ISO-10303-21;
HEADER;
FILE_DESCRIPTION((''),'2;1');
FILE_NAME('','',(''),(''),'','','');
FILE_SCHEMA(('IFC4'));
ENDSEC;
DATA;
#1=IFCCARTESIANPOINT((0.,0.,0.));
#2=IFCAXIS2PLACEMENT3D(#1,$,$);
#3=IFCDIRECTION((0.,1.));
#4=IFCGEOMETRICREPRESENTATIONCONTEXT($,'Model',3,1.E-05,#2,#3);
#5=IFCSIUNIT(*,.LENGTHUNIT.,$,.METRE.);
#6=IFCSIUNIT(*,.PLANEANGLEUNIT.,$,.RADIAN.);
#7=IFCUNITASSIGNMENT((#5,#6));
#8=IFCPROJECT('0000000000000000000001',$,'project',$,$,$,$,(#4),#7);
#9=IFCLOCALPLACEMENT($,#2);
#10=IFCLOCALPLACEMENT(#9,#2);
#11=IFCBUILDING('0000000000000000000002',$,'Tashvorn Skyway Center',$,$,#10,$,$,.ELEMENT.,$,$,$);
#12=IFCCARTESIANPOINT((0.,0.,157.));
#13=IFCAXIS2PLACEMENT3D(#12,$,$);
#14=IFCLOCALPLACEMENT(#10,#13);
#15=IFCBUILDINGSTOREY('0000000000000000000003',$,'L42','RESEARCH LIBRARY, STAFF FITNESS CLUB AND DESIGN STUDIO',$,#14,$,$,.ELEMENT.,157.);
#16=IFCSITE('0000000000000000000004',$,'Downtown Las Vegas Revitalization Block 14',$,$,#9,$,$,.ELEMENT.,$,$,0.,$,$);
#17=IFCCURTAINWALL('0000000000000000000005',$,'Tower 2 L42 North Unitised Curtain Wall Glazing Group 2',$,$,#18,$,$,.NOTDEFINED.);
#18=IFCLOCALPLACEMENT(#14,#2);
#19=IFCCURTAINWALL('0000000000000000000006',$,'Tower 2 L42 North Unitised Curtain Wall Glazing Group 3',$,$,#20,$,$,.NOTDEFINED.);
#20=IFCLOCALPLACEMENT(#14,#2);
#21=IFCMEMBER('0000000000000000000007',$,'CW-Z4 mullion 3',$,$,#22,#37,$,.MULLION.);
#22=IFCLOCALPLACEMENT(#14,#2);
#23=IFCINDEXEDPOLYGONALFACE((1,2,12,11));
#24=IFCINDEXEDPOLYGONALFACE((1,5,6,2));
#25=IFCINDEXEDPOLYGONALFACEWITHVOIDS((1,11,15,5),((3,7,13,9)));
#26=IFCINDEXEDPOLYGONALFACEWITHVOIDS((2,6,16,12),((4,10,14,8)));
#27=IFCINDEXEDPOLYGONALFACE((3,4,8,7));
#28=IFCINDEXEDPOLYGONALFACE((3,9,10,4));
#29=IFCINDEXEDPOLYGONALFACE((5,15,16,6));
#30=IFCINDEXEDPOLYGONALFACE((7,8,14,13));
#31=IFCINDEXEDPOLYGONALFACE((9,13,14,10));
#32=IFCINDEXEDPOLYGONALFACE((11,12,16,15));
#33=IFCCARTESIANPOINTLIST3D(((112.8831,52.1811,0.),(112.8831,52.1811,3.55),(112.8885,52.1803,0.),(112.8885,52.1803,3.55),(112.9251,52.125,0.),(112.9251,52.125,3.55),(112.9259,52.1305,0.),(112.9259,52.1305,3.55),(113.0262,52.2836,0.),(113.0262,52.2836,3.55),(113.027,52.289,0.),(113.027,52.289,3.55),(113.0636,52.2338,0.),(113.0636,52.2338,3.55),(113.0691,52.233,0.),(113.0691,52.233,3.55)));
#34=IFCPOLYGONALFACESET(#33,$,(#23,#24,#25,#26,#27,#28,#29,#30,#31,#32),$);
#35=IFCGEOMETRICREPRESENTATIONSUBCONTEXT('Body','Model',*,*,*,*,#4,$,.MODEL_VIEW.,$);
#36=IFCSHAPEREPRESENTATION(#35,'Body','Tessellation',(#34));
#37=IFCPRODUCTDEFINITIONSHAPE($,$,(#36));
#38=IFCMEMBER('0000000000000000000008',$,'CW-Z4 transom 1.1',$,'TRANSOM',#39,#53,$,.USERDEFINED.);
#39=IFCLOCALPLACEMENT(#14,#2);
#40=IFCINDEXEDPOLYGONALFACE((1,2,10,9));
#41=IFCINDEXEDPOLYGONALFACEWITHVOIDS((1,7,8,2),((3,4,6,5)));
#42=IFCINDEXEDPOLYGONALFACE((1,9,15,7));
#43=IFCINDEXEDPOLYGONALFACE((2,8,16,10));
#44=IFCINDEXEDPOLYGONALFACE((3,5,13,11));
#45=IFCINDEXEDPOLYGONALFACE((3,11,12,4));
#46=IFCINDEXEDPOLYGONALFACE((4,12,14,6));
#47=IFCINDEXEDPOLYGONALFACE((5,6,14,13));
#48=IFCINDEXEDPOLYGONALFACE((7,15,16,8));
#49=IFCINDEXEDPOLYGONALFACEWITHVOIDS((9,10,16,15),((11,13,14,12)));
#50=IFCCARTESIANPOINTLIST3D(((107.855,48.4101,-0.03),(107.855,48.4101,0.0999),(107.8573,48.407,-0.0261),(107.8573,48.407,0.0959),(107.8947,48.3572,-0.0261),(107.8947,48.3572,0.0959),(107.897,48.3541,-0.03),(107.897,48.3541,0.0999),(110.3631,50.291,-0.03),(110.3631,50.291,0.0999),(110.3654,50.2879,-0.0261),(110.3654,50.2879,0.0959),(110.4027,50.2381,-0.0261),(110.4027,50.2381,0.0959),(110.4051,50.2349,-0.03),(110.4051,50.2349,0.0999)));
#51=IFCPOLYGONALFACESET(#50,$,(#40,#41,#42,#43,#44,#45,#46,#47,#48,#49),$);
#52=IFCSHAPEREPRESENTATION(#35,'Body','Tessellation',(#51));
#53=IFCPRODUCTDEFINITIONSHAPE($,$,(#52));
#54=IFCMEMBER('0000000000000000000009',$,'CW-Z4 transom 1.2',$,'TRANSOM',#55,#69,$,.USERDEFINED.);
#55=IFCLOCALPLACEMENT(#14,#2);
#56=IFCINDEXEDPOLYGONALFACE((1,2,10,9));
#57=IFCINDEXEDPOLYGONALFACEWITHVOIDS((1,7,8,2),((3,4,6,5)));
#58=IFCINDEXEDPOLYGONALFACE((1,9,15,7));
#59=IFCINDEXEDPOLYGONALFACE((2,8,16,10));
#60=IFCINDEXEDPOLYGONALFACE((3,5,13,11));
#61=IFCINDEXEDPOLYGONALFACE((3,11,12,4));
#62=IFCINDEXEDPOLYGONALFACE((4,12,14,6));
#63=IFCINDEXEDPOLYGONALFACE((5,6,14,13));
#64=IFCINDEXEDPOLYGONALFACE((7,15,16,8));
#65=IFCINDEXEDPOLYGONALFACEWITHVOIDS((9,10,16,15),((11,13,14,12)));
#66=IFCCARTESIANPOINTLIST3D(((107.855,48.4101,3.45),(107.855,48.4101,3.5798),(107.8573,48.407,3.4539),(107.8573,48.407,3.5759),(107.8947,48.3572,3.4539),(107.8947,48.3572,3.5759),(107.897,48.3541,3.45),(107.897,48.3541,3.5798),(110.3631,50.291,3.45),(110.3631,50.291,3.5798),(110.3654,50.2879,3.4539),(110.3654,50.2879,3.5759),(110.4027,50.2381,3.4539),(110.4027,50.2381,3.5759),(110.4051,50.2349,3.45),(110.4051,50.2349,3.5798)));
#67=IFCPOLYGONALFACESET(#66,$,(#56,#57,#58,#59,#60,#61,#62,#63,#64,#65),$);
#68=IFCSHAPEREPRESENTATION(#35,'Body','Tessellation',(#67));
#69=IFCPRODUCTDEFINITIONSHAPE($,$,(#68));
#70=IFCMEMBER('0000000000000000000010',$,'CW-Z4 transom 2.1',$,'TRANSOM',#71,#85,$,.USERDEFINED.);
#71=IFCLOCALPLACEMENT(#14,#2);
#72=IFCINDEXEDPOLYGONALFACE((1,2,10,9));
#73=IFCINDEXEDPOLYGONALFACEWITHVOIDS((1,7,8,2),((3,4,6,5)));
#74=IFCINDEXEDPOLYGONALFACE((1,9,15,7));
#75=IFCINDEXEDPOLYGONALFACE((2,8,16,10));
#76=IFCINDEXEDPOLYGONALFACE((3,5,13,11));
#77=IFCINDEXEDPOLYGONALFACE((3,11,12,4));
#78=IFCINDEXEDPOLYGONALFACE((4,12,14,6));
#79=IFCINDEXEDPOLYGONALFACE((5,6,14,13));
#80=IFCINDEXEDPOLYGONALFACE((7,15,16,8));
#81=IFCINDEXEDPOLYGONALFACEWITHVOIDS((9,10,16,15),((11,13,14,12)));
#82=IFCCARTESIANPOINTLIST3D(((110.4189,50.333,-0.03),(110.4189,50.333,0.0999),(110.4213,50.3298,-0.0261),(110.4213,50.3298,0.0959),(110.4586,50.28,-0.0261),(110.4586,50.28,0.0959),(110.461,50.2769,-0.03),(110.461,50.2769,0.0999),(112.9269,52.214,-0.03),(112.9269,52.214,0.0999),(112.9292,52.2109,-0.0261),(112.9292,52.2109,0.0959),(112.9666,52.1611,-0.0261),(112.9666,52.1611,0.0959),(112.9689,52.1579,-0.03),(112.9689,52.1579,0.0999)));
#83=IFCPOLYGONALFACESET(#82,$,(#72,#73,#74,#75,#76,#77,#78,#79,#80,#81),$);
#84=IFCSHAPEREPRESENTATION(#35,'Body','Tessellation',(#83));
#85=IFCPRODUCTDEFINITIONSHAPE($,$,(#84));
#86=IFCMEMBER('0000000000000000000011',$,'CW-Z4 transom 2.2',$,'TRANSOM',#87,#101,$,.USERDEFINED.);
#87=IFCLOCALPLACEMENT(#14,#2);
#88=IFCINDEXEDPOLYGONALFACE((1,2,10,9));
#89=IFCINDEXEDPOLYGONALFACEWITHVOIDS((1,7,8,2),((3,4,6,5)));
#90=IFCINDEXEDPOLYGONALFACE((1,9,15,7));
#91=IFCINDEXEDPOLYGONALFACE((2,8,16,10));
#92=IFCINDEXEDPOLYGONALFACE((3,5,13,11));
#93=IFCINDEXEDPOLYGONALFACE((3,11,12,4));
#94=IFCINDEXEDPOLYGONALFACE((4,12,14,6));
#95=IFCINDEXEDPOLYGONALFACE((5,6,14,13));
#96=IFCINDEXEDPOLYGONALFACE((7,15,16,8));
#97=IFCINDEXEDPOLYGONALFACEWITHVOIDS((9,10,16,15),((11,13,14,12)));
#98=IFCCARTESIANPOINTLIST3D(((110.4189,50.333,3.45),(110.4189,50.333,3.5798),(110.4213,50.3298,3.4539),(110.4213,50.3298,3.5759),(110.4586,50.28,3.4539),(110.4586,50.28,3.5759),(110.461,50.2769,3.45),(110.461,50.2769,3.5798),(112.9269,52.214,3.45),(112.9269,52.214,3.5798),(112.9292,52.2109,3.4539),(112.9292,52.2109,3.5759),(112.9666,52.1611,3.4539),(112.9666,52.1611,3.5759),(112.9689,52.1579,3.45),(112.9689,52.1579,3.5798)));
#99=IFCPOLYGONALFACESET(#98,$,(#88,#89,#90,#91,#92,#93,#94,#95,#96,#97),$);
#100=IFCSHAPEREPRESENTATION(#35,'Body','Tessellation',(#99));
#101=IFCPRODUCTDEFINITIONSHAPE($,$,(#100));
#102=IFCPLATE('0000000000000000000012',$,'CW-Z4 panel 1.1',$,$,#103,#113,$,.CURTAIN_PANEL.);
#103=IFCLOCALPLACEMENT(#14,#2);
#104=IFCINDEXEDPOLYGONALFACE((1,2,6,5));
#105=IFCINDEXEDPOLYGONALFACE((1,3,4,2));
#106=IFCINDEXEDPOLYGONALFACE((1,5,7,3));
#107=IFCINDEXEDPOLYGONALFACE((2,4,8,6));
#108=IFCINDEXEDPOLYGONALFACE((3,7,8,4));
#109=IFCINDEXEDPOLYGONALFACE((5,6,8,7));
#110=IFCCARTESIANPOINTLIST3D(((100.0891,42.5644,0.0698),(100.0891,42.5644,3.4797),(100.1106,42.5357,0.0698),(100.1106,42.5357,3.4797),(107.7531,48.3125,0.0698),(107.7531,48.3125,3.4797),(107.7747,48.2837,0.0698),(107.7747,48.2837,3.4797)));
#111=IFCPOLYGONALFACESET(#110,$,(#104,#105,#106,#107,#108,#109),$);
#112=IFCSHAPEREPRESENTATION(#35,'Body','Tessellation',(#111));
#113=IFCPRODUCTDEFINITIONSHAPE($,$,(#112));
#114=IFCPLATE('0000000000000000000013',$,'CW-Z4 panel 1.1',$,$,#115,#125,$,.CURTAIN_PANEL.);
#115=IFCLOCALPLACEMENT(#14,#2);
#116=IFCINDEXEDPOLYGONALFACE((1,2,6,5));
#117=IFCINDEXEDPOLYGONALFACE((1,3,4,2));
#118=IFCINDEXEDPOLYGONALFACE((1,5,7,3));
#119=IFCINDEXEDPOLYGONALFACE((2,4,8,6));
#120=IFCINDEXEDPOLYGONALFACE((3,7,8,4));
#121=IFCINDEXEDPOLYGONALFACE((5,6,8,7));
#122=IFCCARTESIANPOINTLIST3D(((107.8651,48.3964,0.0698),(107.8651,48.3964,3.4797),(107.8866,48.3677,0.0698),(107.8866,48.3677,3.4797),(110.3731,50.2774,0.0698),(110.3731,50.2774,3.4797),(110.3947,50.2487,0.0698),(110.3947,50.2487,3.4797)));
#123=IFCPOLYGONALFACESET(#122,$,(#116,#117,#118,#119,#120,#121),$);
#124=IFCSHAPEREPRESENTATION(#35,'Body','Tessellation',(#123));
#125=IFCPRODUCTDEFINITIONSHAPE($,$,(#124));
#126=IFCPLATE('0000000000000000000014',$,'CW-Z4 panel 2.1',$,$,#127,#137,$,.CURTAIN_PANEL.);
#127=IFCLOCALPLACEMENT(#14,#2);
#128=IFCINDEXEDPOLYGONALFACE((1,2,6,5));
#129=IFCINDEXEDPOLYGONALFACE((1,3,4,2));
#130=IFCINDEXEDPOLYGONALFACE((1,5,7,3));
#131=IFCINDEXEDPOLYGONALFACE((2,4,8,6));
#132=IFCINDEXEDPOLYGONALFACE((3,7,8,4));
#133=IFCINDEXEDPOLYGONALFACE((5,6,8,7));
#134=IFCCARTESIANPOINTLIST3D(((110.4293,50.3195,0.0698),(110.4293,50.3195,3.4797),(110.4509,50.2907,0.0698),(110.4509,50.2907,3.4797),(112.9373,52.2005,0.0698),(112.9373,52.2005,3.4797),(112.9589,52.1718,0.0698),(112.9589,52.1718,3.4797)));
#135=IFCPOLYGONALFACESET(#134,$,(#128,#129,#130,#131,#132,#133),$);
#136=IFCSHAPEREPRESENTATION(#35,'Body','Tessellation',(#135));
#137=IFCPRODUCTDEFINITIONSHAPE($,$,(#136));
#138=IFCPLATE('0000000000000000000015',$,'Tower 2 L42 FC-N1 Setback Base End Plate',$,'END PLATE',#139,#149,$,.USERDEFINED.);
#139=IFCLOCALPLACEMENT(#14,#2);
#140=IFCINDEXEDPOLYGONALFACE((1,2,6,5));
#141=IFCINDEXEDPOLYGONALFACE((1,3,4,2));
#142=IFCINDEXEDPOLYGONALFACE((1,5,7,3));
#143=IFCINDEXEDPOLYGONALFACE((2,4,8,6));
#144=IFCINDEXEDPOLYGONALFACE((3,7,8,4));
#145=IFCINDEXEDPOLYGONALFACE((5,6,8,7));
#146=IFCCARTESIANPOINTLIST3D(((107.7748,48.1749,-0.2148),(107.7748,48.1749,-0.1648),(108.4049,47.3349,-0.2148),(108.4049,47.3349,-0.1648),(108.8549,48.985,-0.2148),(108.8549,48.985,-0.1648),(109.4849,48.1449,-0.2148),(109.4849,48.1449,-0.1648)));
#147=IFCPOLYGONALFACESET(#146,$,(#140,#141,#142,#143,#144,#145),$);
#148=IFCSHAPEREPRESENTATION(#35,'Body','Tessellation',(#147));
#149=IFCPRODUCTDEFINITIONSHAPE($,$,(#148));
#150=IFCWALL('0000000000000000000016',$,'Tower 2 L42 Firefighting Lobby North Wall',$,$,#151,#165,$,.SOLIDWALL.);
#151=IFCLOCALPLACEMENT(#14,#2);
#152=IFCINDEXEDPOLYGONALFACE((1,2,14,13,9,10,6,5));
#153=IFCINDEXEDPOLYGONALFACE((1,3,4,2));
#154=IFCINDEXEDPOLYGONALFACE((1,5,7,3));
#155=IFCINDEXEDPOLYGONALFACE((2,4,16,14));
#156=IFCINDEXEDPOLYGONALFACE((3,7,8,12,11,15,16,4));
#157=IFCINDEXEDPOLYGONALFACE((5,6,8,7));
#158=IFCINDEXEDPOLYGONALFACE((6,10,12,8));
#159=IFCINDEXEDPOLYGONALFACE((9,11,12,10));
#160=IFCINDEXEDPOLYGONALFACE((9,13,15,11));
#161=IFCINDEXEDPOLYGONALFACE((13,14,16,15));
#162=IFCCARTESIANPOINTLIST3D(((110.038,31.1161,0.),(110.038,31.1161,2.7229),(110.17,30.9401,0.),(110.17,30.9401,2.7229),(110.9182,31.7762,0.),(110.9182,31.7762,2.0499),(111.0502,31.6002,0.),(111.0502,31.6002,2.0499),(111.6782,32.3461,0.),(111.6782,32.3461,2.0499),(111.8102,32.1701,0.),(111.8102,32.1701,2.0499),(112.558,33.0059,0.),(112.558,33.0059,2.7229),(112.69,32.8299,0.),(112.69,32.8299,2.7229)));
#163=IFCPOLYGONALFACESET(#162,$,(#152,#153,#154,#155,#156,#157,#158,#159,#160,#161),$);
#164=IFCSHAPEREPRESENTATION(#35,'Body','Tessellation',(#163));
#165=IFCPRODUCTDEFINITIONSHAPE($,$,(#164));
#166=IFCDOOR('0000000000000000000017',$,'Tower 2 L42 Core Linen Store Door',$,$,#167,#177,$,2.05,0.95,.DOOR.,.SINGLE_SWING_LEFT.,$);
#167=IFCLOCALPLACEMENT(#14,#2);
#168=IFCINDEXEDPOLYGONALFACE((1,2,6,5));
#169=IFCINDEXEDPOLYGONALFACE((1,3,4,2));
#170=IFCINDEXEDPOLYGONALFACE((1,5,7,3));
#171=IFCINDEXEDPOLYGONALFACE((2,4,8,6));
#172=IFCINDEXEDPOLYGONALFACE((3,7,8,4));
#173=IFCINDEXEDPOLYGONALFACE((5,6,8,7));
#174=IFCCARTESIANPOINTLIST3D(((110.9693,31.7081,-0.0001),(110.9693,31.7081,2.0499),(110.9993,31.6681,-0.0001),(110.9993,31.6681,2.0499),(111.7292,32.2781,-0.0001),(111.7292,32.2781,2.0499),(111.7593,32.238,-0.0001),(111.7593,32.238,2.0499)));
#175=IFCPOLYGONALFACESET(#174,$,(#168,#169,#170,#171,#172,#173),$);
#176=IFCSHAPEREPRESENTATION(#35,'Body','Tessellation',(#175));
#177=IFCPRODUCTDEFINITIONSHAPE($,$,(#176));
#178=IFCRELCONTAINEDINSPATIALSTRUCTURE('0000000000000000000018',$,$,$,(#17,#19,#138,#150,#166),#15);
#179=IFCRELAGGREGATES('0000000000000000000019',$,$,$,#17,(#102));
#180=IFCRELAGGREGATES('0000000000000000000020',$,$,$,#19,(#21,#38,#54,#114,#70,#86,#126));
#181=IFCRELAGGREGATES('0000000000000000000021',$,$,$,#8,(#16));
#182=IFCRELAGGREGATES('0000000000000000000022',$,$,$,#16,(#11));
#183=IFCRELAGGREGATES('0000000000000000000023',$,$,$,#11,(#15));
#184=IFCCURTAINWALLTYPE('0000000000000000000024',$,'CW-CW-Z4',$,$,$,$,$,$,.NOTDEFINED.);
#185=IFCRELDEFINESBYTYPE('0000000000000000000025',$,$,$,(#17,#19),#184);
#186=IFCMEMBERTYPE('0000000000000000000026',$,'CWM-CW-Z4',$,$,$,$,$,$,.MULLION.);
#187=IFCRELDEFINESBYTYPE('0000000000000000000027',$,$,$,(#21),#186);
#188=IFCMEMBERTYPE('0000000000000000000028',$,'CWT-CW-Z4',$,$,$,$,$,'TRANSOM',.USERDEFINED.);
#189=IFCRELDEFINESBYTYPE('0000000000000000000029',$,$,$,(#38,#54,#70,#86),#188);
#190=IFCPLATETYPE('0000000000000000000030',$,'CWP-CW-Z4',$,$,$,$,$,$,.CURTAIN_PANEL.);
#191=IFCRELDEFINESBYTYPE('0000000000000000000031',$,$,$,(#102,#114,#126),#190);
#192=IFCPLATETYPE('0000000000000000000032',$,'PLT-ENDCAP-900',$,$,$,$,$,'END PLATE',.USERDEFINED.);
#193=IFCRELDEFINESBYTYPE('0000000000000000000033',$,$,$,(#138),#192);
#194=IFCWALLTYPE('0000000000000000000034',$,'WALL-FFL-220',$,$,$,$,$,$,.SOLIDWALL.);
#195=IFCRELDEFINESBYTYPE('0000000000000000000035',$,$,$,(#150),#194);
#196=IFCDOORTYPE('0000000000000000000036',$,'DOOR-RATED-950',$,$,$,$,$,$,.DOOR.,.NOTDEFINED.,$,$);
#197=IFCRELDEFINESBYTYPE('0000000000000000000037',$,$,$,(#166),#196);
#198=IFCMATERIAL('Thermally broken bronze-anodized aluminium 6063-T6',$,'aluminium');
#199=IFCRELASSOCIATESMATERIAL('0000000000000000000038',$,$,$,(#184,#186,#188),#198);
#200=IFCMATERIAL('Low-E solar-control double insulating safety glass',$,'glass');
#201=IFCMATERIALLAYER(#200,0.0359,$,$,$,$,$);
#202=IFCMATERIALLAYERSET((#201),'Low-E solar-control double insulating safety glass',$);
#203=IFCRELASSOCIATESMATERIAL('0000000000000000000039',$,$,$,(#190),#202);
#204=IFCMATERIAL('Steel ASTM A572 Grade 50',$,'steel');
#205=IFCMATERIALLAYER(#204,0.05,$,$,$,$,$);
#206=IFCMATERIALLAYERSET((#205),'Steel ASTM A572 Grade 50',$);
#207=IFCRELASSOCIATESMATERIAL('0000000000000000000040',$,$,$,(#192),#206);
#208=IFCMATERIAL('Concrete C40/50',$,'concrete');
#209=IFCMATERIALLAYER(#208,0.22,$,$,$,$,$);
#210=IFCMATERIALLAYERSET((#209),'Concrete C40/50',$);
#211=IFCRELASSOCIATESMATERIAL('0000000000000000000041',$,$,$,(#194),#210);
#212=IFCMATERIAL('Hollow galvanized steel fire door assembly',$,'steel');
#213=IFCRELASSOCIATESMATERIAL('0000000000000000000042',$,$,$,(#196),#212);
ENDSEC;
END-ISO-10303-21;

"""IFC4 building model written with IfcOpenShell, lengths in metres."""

from ifc_helpers import new_model, si_unit, direction, frame, frame_2d, origin, origin_2d, place, context, subcontext, project, spatial, rectangle, hollow_rectangle, extrude, material, layer, layer_set, material_profile, profile_set, type_object, element, fill, aggregate, save


model = new_model("IFC4")

# Units and contexts
model_context = context("Model", 3, precision=1e-05, world=origin(), true_north=direction((0.0, 1.0)))
body_context = subcontext(model_context, "Body", "Model", "MODEL_VIEW")
ifc_project = project(units=[si_unit("LENGTHUNIT", "METRE"), si_unit("PLANEANGLEUNIT", "RADIAN")], contexts=[model_context])

# Site, building, storey
site_placement = place(None, origin())
site = spatial("IfcSite", under=ifc_project, at=site_placement, Name="Downtown Las Vegas Revitalization Block 14", CompositionType="ELEMENT", RefElevation=0.0)
building_placement = place(site_placement, origin())
building = spatial("IfcBuilding", under=site, at=building_placement, Name="Tashvorn Skyway Center", CompositionType="ELEMENT")
storey_placement = place(building_placement, frame((0.0, 0.0, 157.0)))
storey = spatial("IfcBuildingStorey", under=building, at=storey_placement, Name="L42", Description="RESEARCH LIBRARY, STAFF FITNESS CLUB AND DESIGN STUDIO", CompositionType="ELEMENT", Elevation=157.0)

# Shared definitions
ifc_material_1 = material(Name="Steel ASTM A572 Grade 50", Category="steel")

# Curtain wall
ifc_material_2 = material(Name="Thermally broken bronze-anodized aluminium 6063-T6", Category="aluminium")
curtain_wall_type = type_object("IfcCurtainWallType", Name="CW-CW-Z4", PredefinedType="NOTDEFINED", material=ifc_material_2)
curtain_wall_1_placement = place(storey_placement, origin())
curtain_wall_1 = element("IfcCurtainWall", 1, at=curtain_wall_1_placement, inside=storey, type_object=curtain_wall_type, Name="Tower 2 L42 North Unitised Curtain Wall Glazing Group 2", PredefinedType="NOTDEFINED")
ifc_material_profile_1 = material_profile(ifc_material_2, hollow_rectangle(XDim=0.0701, YDim=0.1799, WallThickness=0.0039, at=origin_2d()), Name="ALU-MULL-70x180")
ifc_profile_set_1 = profile_set([ifc_material_profile_1], Name="Thermally broken bronze-anodized aluminium 6063-T6")
member_type_1 = type_object("IfcMemberType", Name="CWM-CW-Z4", PredefinedType="MULLION", material=ifc_profile_set_1)

# Curtain wall, members
curtain_wall_2_placement = place(storey_placement, origin())
curtain_wall_2 = element("IfcCurtainWall", 2, at=curtain_wall_2_placement, inside=storey, type_object=curtain_wall_type, Name="Tower 2 L42 North Unitised Curtain Wall Glazing Group 3", PredefinedType="NOTDEFINED")
member_1_placement = place(storey_placement, frame((112.9761, 52.207, 0.0), z_axis=(0.0, 0.0, 1.0), x_axis=(-0.6, 0.8, 0.0)))
member_1 = element("IfcMember", 3, at=member_1_placement, type_object=member_type_1, Name="CW-Z4 mullion 3", PredefinedType="MULLION", context=body_context, shape_type="SweptSolid", body=[
    extrude(hollow_rectangle(XDim=0.0701, YDim=0.1799, WallThickness=0.0039, at=origin_2d()), origin(), (0.0, 0.0, 1.0), 3.55),
])
ifc_material_profile_2 = material_profile(ifc_material_2, hollow_rectangle(XDim=0.0701, YDim=0.1299, WallThickness=0.0039, at=origin_2d()), Name="ALU-TRAN-70x130")
ifc_profile_set_2 = profile_set([ifc_material_profile_2], Name="Thermally broken bronze-anodized aluminium 6063-T6")
member_type_2 = type_object("IfcMemberType", Name="CWT-CW-Z4", ElementType="TRANSOM", PredefinedType="USERDEFINED", material=ifc_profile_set_2)
member_2_placement = place(storey_placement, frame((107.876, 48.3821, 0.0349), z_axis=(0.800028, 0.599963, 0.0), x_axis=(-0.599963, 0.800028, 0.0)))
member_2 = element("IfcMember", 4, at=member_2_placement, type_object=member_type_2, Name="CW-Z4 transom 1.1", ObjectType="TRANSOM", PredefinedType="USERDEFINED", context=body_context, shape_type="SweptSolid", body=[
    extrude(hollow_rectangle(XDim=0.0701, YDim=0.1299, WallThickness=0.0039, at=origin_2d()), origin(), (0.0, 0.0, 1.0), 3.135),
])
member_3_placement = place(storey_placement, frame((107.876, 48.3821, 3.5149), z_axis=(0.800028, 0.599963, 0.0), x_axis=(-0.599963, 0.800028, 0.0)))
member_3 = element("IfcMember", 5, at=member_3_placement, type_object=member_type_2, Name="CW-Z4 transom 1.2", ObjectType="TRANSOM", PredefinedType="USERDEFINED", context=body_context, shape_type="SweptSolid", body=[
    extrude(hollow_rectangle(XDim=0.0701, YDim=0.1299, WallThickness=0.0039, at=origin_2d()), origin(), (0.0, 0.0, 1.0), 3.135),
])
member_4_placement = place(storey_placement, frame((110.4399, 50.3049, 0.0349), z_axis=(0.799991, 0.600012, 0.0), x_axis=(-0.600012, 0.799991, 0.0)))
member_4 = element("IfcMember", 6, at=member_4_placement, type_object=member_type_2, Name="CW-Z4 transom 2.1", ObjectType="TRANSOM", PredefinedType="USERDEFINED", context=body_context, shape_type="SweptSolid", body=[
    extrude(hollow_rectangle(XDim=0.0701, YDim=0.1299, WallThickness=0.0039, at=origin_2d()), origin(), (0.0, 0.0, 1.0), 3.135),
])
member_5_placement = place(storey_placement, frame((110.4399, 50.3049, 3.5149), z_axis=(0.799991, 0.600012, 0.0), x_axis=(-0.600012, 0.799991, 0.0)))
member_5 = element("IfcMember", 7, at=member_5_placement, type_object=member_type_2, Name="CW-Z4 transom 2.2", ObjectType="TRANSOM", PredefinedType="USERDEFINED", context=body_context, shape_type="SweptSolid", body=[
    extrude(hollow_rectangle(XDim=0.0701, YDim=0.1299, WallThickness=0.0039, at=origin_2d()), origin(), (0.0, 0.0, 1.0), 3.135),
])

# Plates
ifc_material_3 = material(Name="Low-E solar-control double insulating safety glass", Category="glass")
ifc_layer_1 = layer(ifc_material_3, 0.0359)
ifc_layer_set_1 = layer_set([ifc_layer_1], Name="Low-E solar-control double insulating safety glass")
plate_type_1 = type_object("IfcPlateType", Name="CWP-CW-Z4", PredefinedType="CURTAIN_PANEL", material=ifc_layer_set_1)
plate_1_placement = place(storey_placement, frame((103.9319, 45.4241, 0.0698), z_axis=(0.0, 0.0, 1.0), x_axis=(0.8, 0.6, 0.0)))
plate_1 = element("IfcPlate", 8, at=plate_1_placement, type_object=plate_type_1, Name="CW-Z4 panel 1.1", PredefinedType="CURTAIN_PANEL", context=body_context, shape_type="SweptSolid", body=[
    extrude(rectangle(XDim=9.5801, YDim=0.0359, at=origin_2d()), origin(), (0.0, 0.0, 1.0), 3.4099),
])
aggregate(curtain_wall_1, [plate_1])
plate_2_placement = place(storey_placement, frame((109.1299, 49.3225, 0.0698), z_axis=(0.0, 0.0, 1.0), x_axis=(0.8, 0.6, 0.0)))
plate_2 = element("IfcPlate", 9, at=plate_2_placement, type_object=plate_type_1, Name="CW-Z4 panel 1.1", PredefinedType="CURTAIN_PANEL", context=body_context, shape_type="SweptSolid", body=[
    extrude(rectangle(XDim=3.135, YDim=0.0359, at=origin_2d()), origin(), (0.0, 0.0, 1.0), 3.4099),
])
plate_3_placement = place(storey_placement, frame((111.6941, 51.2456, 0.0698), z_axis=(0.0, 0.0, 1.0), x_axis=(0.8, 0.6, 0.0)))
plate_3 = element("IfcPlate", 10, at=plate_3_placement, type_object=plate_type_1, Name="CW-Z4 panel 2.1", PredefinedType="CURTAIN_PANEL", context=body_context, shape_type="SweptSolid", body=[
    extrude(rectangle(XDim=3.135, YDim=0.0359, at=origin_2d()), origin(), (0.0, 0.0, 1.0), 3.4099),
])
aggregate(curtain_wall_2, [member_1, member_2, member_3, plate_2, member_4, member_5, plate_3])
ifc_layer_2 = layer(ifc_material_1, 0.05)
ifc_layer_set_2 = layer_set([ifc_layer_2], Name="Steel ASTM A572 Grade 50")
plate_type_2 = type_object("IfcPlateType", Name="PLT-ENDCAP-900", ElementType="END PLATE", PredefinedType="USERDEFINED", material=ifc_layer_set_2)
plate_4_placement = place(storey_placement, frame((108.6299, 48.1599, -0.2148), z_axis=(0.0, 0.0, 1.0), x_axis=(0.8, 0.6, 0.0)))
element("IfcPlate", 11, at=plate_4_placement, inside=storey, type_object=plate_type_2, Name="Tower 2 L42 FC-N1 Setback Base End Plate", ObjectType="END PLATE", PredefinedType="USERDEFINED", context=body_context, shape_type="SweptSolid", body=[
    extrude(rectangle(XDim=1.3501, YDim=1.05, at=origin_2d()), origin(), (0.0, 0.0, 1.0), 0.05),
])

# Wall, opening, door
ifc_material_4 = material(Name="Concrete C40/50", Category="concrete")
ifc_layer_3 = layer(ifc_material_4, 0.22)
ifc_layer_set_3 = layer_set([ifc_layer_3], Name="Concrete C40/50")
wall_type_1 = type_object("IfcWallType", Name="WALL-FFL-220", PredefinedType="SOLIDWALL", material=ifc_layer_set_3)
wall_1_placement = place(storey_placement, frame((110.104, 31.0281, 0.0), z_axis=(0.0, 0.0, 1.0), x_axis=(0.800019, 0.599975, 0.0)))
wall_1 = element("IfcWall", 12, at=wall_1_placement, inside=storey, type_object=wall_type_1, Name="Tower 2 L42 Firefighting Lobby North Wall", PredefinedType="SOLIDWALL", context=body_context, shape_type="SweptSolid", body=[
    extrude(rectangle(XDim=3.1499, YDim=0.22, at=frame_2d((1.575, 0.0))), origin(), (0.0, 0.0, 1.0), 2.7229),
])
opening_1_placement = place(wall_1_placement, frame((1.1001, 0.0, 0.0)))
opening_1 = element("IfcOpeningElement", 13, at=opening_1_placement, cuts=wall_1, PredefinedType="OPENING", context=body_context, shape_type="SweptSolid", body=[
    extrude(rectangle(XDim=0.95, YDim=2.05, at=frame_2d((0.4751, 1.0249))), frame((0.0, 0.1199, 0.0), z_axis=(0.0, -1.0, 0.0), x_axis=(1.0, 0.0, 0.0)), (0.0, 0.0, 1.0), 0.24),
])
ifc_material_5 = material(Name="Hollow galvanized steel fire door assembly", Category="steel")
door_type_1 = type_object("IfcDoorType", Name="DOOR-RATED-950", OperationType="NOTDEFINED", PredefinedType="DOOR", material=ifc_material_5)
door_1_placement = place(opening_1_placement, origin())
door_1 = element("IfcDoor", 14, at=door_1_placement, inside=storey, type_object=door_type_1, Name="Tower 2 L42 Core Linen Store Door", OperationType="SINGLE_SWING_LEFT", OverallHeight=2.05, OverallWidth=0.95, PredefinedType="DOOR", context=body_context, shape_type="SweptSolid", body=[
    extrude(rectangle(XDim=0.95, YDim=2.05, at=frame_2d((0.4751, 1.0249))), frame((0.0, 0.0249, 0.0), z_axis=(0.0, -1.0, 0.0), x_axis=(1.0, 0.0, 0.0)), (0.0, 0.0, 1.0), 0.05),
])
fill(opening_1, door_1)

save(model, "model.ifc")
